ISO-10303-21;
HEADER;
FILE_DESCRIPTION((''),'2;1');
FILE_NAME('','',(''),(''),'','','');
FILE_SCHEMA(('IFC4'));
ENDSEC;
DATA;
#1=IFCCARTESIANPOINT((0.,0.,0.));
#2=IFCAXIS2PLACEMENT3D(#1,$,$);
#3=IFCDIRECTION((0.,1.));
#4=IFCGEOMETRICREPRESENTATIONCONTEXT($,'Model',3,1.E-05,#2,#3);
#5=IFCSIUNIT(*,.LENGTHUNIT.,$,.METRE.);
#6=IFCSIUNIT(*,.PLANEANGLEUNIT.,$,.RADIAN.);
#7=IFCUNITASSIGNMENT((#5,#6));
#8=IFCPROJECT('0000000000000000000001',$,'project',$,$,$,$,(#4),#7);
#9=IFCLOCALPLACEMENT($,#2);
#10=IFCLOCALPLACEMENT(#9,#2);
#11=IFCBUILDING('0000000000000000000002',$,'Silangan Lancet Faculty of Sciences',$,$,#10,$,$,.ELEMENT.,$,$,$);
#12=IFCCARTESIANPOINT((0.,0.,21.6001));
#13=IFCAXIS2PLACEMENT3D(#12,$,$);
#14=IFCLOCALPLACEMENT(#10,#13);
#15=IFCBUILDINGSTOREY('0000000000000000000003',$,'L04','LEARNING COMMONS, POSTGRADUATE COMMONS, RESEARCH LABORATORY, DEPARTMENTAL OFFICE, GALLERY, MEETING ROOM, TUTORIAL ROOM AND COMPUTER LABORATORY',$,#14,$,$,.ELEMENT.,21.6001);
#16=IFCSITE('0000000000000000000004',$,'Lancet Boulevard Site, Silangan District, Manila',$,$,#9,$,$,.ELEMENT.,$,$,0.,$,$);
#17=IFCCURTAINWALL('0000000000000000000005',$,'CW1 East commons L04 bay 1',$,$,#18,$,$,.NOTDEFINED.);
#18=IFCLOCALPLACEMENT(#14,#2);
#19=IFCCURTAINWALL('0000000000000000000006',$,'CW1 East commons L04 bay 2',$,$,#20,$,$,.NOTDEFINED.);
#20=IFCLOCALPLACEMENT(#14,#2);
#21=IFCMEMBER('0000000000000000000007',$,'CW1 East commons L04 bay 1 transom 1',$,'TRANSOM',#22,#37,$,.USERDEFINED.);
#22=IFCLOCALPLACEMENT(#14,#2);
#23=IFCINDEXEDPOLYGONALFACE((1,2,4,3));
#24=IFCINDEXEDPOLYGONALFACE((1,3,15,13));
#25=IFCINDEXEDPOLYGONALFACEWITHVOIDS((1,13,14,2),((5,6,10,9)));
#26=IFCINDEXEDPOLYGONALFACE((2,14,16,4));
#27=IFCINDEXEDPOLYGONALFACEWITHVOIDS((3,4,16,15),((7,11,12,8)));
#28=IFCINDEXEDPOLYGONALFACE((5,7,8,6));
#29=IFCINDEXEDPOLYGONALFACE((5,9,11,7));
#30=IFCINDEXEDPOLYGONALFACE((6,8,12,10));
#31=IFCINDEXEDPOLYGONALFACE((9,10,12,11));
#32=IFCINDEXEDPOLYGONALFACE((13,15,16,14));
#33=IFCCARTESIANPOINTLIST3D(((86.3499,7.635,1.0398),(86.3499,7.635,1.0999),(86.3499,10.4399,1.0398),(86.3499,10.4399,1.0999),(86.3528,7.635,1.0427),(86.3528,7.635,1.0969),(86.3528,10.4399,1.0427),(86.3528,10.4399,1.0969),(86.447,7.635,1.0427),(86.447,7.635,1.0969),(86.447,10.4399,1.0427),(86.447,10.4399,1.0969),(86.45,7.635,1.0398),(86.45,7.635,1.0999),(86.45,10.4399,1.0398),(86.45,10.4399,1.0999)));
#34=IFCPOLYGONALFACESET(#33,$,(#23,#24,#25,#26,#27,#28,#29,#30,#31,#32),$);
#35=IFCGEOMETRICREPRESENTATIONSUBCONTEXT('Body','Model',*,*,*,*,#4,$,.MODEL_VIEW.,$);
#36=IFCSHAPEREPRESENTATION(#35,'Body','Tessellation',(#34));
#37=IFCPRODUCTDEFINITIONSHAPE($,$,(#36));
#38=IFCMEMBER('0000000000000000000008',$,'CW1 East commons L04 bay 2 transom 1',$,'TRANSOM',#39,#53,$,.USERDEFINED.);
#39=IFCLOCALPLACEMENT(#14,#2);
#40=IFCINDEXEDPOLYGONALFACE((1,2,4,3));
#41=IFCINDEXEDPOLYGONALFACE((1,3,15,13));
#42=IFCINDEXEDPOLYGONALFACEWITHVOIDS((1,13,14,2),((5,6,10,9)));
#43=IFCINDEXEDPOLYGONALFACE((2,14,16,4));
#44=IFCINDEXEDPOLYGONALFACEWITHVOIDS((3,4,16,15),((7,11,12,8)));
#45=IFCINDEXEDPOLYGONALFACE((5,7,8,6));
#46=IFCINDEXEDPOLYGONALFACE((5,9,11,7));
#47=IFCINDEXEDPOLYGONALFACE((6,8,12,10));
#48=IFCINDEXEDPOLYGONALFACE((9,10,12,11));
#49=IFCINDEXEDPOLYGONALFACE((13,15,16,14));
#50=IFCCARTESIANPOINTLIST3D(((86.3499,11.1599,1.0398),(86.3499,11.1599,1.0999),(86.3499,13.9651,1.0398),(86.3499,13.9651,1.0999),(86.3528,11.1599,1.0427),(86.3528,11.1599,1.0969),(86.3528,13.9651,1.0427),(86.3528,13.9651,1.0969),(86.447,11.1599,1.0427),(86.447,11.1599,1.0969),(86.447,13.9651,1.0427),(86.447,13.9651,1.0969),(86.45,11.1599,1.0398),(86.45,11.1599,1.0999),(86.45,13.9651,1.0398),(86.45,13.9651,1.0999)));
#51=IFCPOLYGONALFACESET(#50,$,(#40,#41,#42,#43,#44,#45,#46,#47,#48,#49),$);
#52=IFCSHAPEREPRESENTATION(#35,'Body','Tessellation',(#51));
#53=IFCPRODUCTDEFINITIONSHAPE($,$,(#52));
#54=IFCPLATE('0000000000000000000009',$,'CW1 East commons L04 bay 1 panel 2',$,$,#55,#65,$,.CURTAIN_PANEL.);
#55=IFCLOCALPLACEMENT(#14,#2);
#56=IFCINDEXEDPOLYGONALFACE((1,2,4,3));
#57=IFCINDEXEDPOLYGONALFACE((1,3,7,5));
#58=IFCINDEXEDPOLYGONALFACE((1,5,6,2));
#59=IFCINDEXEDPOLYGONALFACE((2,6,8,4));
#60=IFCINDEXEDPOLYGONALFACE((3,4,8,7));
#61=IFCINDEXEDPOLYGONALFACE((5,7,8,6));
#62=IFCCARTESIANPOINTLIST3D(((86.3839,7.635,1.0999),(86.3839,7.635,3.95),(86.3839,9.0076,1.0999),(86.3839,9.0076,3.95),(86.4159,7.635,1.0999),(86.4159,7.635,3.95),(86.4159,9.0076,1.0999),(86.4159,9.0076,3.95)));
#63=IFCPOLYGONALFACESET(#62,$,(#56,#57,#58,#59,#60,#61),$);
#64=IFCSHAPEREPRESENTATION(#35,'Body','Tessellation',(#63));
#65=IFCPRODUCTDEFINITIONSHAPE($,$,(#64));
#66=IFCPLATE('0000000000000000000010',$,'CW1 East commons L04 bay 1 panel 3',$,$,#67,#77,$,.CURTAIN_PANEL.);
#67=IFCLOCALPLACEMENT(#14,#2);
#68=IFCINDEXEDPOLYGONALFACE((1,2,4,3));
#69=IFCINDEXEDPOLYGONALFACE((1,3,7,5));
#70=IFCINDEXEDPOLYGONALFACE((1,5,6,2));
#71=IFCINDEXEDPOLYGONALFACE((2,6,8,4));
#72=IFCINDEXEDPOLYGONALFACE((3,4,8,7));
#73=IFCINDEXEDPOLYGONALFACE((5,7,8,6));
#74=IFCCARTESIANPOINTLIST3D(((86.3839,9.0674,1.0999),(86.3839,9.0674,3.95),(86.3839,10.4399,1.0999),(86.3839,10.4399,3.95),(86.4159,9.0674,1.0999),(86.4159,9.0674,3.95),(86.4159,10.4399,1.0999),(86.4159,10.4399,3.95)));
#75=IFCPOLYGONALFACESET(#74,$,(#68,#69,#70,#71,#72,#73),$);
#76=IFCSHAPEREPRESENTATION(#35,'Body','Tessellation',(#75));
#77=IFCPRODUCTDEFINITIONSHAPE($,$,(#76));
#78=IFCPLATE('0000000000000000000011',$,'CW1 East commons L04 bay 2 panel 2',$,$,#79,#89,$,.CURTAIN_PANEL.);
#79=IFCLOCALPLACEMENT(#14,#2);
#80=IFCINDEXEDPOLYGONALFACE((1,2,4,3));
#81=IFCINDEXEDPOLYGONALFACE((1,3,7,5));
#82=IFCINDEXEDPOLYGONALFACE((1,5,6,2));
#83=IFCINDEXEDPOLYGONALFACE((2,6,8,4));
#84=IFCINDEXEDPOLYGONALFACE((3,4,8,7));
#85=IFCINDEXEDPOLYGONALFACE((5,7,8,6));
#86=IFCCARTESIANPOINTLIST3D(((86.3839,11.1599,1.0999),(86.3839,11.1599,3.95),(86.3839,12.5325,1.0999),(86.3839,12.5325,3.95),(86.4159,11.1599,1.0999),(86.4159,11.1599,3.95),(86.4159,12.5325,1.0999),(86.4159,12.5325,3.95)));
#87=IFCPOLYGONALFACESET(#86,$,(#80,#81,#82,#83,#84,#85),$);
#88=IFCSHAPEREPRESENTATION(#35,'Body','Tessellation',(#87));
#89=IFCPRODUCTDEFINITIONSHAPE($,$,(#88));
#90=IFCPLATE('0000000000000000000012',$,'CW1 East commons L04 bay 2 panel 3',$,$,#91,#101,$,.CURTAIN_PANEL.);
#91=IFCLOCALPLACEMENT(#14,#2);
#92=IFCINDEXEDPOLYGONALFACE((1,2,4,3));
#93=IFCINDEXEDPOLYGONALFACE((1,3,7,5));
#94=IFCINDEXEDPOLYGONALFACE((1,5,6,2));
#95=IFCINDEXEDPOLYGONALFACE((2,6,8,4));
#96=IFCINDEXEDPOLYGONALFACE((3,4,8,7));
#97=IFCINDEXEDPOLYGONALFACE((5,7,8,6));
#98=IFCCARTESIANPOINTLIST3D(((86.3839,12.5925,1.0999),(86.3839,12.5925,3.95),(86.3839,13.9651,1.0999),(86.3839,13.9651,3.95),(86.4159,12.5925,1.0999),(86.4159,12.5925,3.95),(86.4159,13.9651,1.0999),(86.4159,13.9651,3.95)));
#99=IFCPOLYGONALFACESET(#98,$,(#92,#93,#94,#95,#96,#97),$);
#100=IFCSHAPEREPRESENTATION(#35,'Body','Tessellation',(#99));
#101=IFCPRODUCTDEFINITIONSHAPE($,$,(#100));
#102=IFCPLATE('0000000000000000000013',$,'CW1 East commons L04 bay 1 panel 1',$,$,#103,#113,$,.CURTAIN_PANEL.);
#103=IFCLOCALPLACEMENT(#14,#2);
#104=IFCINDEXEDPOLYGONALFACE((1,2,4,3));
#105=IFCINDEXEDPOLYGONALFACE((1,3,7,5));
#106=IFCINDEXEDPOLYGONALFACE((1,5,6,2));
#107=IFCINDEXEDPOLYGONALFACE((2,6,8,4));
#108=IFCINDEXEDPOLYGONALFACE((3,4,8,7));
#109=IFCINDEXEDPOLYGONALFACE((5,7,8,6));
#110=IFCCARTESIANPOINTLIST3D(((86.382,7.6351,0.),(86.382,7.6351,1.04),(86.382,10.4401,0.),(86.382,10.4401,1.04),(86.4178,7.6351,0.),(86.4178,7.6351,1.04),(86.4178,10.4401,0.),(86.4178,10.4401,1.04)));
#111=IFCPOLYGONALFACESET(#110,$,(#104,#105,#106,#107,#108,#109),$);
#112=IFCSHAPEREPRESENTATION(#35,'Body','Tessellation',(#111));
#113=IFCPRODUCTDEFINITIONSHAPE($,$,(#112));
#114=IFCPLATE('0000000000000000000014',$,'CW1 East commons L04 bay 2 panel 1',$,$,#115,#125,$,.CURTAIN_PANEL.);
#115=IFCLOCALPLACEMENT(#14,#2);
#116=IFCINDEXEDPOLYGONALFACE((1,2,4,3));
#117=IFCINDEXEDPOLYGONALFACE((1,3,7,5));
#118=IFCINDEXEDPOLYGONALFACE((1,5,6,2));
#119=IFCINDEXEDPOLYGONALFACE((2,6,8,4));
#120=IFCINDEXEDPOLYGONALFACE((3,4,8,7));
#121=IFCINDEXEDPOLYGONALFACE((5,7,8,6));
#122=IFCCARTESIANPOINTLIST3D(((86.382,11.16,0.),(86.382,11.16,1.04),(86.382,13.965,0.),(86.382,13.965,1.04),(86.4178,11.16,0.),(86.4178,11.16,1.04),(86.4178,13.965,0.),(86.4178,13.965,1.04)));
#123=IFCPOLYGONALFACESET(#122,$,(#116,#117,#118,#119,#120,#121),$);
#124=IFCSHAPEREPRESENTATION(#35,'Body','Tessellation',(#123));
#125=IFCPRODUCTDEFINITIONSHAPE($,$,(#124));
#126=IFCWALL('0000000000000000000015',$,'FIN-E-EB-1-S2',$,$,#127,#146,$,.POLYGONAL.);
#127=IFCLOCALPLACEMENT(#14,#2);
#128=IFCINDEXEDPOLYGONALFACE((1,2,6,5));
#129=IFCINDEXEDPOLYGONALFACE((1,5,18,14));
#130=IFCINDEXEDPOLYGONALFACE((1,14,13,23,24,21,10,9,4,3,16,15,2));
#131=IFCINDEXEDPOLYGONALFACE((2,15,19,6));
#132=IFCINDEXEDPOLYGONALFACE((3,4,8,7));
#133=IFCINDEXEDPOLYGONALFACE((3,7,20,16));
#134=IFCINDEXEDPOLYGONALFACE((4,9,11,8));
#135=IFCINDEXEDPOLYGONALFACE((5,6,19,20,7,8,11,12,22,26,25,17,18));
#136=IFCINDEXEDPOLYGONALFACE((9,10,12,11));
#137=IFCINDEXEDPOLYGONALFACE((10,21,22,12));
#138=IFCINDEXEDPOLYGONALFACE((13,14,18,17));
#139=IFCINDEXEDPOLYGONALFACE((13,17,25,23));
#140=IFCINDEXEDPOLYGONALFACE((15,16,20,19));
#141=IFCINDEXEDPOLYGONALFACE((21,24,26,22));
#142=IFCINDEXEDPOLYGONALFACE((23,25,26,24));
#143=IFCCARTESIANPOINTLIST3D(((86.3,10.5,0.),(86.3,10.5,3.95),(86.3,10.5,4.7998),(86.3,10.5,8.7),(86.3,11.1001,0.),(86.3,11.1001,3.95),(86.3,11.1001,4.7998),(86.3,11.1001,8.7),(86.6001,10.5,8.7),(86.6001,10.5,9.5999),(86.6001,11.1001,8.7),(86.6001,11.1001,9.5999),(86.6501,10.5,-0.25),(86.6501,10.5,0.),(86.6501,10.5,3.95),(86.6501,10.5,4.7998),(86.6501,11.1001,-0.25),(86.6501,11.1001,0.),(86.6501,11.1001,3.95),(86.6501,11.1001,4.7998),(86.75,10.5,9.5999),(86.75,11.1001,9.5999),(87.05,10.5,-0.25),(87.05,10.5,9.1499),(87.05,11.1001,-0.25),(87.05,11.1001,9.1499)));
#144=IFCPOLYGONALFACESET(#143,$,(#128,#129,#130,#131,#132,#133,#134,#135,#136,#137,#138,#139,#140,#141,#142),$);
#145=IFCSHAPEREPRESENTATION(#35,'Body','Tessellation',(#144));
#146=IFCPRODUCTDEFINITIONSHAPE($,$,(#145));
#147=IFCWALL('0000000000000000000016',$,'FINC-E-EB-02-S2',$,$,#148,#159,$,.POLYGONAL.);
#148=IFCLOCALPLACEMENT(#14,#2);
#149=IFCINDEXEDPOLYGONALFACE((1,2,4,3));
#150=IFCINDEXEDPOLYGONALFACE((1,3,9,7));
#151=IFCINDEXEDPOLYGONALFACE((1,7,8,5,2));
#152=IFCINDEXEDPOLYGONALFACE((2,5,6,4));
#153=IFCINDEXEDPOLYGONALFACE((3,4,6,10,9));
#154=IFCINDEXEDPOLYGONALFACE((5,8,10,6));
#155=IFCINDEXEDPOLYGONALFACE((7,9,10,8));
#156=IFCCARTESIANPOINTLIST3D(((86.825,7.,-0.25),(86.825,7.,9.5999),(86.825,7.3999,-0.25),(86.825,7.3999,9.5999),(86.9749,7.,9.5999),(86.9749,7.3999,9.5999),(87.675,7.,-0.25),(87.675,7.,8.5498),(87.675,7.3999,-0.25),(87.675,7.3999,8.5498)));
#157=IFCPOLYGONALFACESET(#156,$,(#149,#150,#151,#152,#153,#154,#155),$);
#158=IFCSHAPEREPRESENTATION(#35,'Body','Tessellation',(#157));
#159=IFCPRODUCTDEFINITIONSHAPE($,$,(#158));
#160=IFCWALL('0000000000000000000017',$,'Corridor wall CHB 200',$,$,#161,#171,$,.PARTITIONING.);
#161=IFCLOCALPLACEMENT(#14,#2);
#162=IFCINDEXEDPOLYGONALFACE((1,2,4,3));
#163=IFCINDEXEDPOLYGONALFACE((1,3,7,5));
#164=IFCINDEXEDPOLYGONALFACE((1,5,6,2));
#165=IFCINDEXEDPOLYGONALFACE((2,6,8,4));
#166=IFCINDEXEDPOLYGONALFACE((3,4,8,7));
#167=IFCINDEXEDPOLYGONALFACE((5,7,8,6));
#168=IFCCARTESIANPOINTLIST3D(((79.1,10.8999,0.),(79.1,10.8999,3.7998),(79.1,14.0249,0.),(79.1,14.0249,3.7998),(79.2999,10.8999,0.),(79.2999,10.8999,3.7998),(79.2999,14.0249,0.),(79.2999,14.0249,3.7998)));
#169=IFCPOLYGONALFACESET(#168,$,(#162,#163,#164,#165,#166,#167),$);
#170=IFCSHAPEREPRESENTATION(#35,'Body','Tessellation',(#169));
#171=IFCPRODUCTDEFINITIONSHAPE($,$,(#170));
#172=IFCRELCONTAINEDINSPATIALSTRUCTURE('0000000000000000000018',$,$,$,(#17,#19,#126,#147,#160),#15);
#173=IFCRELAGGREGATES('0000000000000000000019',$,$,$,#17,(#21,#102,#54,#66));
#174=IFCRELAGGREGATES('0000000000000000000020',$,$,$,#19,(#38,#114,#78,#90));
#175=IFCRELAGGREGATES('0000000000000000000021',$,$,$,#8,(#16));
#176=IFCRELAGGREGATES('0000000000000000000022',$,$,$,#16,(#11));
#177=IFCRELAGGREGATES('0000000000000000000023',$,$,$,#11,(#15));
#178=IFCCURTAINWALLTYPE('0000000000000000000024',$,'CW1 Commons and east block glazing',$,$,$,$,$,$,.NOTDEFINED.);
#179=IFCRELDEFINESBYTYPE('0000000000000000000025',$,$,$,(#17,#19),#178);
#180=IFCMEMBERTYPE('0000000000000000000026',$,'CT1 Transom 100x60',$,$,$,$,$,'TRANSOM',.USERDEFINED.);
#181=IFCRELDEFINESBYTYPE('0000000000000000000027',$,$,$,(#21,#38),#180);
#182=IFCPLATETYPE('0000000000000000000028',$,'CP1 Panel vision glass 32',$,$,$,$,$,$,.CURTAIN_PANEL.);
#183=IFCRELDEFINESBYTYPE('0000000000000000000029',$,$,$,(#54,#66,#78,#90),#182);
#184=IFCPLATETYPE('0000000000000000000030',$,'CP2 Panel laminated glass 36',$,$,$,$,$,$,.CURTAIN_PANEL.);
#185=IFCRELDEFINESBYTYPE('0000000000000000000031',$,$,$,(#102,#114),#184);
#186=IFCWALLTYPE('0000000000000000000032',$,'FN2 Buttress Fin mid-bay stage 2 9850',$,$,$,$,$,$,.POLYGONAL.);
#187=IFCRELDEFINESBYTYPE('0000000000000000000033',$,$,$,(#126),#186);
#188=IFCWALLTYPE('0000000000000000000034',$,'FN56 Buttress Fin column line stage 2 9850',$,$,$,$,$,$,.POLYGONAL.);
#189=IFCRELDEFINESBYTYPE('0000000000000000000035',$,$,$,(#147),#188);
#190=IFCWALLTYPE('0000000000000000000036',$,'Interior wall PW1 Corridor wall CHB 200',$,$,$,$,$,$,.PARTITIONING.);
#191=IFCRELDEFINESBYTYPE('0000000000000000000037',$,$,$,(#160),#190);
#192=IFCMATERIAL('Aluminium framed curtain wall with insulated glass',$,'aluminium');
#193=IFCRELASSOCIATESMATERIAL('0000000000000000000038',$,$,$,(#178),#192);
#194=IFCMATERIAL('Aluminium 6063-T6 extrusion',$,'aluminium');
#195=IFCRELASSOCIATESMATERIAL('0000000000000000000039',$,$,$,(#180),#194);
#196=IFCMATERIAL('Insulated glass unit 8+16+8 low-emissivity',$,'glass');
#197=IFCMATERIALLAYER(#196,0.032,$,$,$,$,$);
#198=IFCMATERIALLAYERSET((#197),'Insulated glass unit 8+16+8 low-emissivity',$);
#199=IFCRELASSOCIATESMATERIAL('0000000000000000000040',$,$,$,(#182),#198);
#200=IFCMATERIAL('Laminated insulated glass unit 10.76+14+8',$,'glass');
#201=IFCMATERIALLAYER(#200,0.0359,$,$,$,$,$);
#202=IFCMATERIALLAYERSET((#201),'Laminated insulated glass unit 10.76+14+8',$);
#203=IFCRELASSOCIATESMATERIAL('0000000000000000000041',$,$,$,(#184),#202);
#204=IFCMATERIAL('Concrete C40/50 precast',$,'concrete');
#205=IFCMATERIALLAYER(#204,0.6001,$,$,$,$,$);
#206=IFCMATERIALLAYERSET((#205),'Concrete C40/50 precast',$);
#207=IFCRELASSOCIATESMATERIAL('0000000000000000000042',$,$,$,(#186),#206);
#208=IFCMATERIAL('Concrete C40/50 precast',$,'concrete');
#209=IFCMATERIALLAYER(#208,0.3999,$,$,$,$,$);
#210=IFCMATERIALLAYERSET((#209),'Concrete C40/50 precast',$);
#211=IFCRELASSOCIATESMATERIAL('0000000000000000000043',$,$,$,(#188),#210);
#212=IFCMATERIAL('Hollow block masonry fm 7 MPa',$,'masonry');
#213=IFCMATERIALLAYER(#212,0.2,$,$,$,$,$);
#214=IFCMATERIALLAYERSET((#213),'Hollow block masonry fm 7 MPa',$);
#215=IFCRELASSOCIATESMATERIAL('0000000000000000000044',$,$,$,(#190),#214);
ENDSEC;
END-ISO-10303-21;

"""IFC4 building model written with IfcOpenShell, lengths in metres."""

from ifc_helpers import new_model, si_unit, direction, frame, frame_2d, origin, origin_2d, place, context, subcontext, project, spatial, polyline, rectangle, hollow_rectangle, outline, extrude, material, layer, layer_set, material_profile, profile_set, type_object, element, aggregate, save


model = new_model("IFC4")

# Units and contexts
model_context = context("Model", 3, precision=1e-05, world=origin(), true_north=direction((0.0, 1.0)))
body_context = subcontext(model_context, "Body", "Model", "MODEL_VIEW")
ifc_project = project(units=[si_unit("LENGTHUNIT", "METRE"), si_unit("PLANEANGLEUNIT", "RADIAN")], contexts=[model_context])

# Site, building, storey
site_placement = place(None, origin())
site = spatial("IfcSite", under=ifc_project, at=site_placement, Name="Lancet Boulevard Site, Silangan District, Manila", CompositionType="ELEMENT", RefElevation=0.0)
building_placement = place(site_placement, origin())
building = spatial("IfcBuilding", under=site, at=building_placement, Name="Silangan Lancet Faculty of Sciences", CompositionType="ELEMENT")
storey_placement = place(building_placement, frame((0.0, 0.0, 21.6001)))
storey = spatial("IfcBuildingStorey", under=building, at=storey_placement, Name="L04", Description="LEARNING COMMONS, POSTGRADUATE COMMONS, RESEARCH LABORATORY, DEPARTMENTAL OFFICE, GALLERY, MEETING ROOM, TUTORIAL ROOM AND COMPUTER LABORATORY", CompositionType="ELEMENT", Elevation=21.6001)

# Curtain walls
ifc_material_1 = material(Name="Aluminium framed curtain wall with insulated glass", Category="aluminium")
curtain_wall_type = type_object("IfcCurtainWallType", Name="CW1 Commons and east block glazing", PredefinedType="NOTDEFINED", material=ifc_material_1)
curtain_wall_1_placement = place(storey_placement, origin())
curtain_wall_1 = element("IfcCurtainWall", 1, at=curtain_wall_1_placement, inside=storey, type_object=curtain_wall_type, Name="CW1 East commons L04 bay 1", PredefinedType="NOTDEFINED")
curtain_wall_2_placement = place(storey_placement, origin())
curtain_wall_2 = element("IfcCurtainWall", 2, at=curtain_wall_2_placement, inside=storey, type_object=curtain_wall_type, Name="CW1 East commons L04 bay 2", PredefinedType="NOTDEFINED")

# Members
ifc_material_2 = material(Name="Aluminium 6063-T6 extrusion", Category="aluminium")
ifc_material_profile_1 = material_profile(ifc_material_2, hollow_rectangle(XDim=0.1001, YDim=0.0601, WallThickness=0.0029, at=origin_2d()), Name="AL BOX 100x60x3")
ifc_profile_set_1 = profile_set([ifc_material_profile_1], Name="Aluminium 6063-T6 extrusion")
member_type_1 = type_object("IfcMemberType", Name="CT1 Transom 100x60", ElementType="TRANSOM", PredefinedType="USERDEFINED", material=ifc_profile_set_1)
member_1_placement = place(storey_placement, frame((86.3999, 7.635, 1.0698), z_axis=(0.0, 1.0, 0.0), x_axis=(-1.0, 0.0, 0.0)))
member_1 = element("IfcMember", 3, at=member_1_placement, type_object=member_type_1, Name="CW1 East commons L04 bay 1 transom 1", ObjectType="TRANSOM", PredefinedType="USERDEFINED", context=body_context, shape_type="SweptSolid", body=[
    extrude(hollow_rectangle(XDim=0.1001, YDim=0.0601, WallThickness=0.0029, at=origin_2d()), origin(), (0.0, 0.0, 1.0), 2.8049),
])
member_2_placement = place(storey_placement, frame((86.3999, 11.1599, 1.0698), z_axis=(0.0, 1.0, 0.0), x_axis=(-1.0, 0.0, 0.0)))
member_2 = element("IfcMember", 4, at=member_2_placement, type_object=member_type_1, Name="CW1 East commons L04 bay 2 transom 1", ObjectType="TRANSOM", PredefinedType="USERDEFINED", context=body_context, shape_type="SweptSolid", body=[
    extrude(hollow_rectangle(XDim=0.1001, YDim=0.0601, WallThickness=0.0029, at=origin_2d()), origin(), (0.0, 0.0, 1.0), 2.8052),
])

# Plates
ifc_material_3 = material(Name="Insulated glass unit 8+16+8 low-emissivity", Category="glass")
ifc_layer_1 = layer(ifc_material_3, 0.032)
ifc_layer_set_1 = layer_set([ifc_layer_1], Name="Insulated glass unit 8+16+8 low-emissivity")
plate_type_1 = type_object("IfcPlateType", Name="CP1 Panel vision glass 32", PredefinedType="CURTAIN_PANEL", material=ifc_layer_set_1)
plate_1_placement = place(storey_placement, frame((86.3999, 8.3213, 1.0999), z_axis=(0.0, 0.0, 1.0), x_axis=(0.0, 1.0, 0.0)))
plate_1 = element("IfcPlate", 5, at=plate_1_placement, type_object=plate_type_1, Name="CW1 East commons L04 bay 1 panel 2", PredefinedType="CURTAIN_PANEL", context=body_context, shape_type="SweptSolid", body=[
    extrude(rectangle(XDim=1.3726, YDim=0.032, at=origin_2d()), origin(), (0.0, 0.0, 1.0), 2.8501),
])
plate_2_placement = place(storey_placement, frame((86.3999, 9.7537, 1.0999), z_axis=(0.0, 0.0, 1.0), x_axis=(0.0, 1.0, 0.0)))
plate_2 = element("IfcPlate", 6, at=plate_2_placement, type_object=plate_type_1, Name="CW1 East commons L04 bay 1 panel 3", PredefinedType="CURTAIN_PANEL", context=body_context, shape_type="SweptSolid", body=[
    extrude(rectangle(XDim=1.3726, YDim=0.032, at=origin_2d()), origin(), (0.0, 0.0, 1.0), 2.8501),
])
plate_3_placement = place(storey_placement, frame((86.3999, 11.8462, 1.0999), z_axis=(0.0, 0.0, 1.0), x_axis=(0.0, 1.0, 0.0)))
plate_3 = element("IfcPlate", 7, at=plate_3_placement, type_object=plate_type_1, Name="CW1 East commons L04 bay 2 panel 2", PredefinedType="CURTAIN_PANEL", context=body_context, shape_type="SweptSolid", body=[
    extrude(rectangle(XDim=1.3726, YDim=0.032, at=origin_2d()), origin(), (0.0, 0.0, 1.0), 2.8501),
])
plate_4_placement = place(storey_placement, frame((86.3999, 13.2788, 1.0999), z_axis=(0.0, 0.0, 1.0), x_axis=(0.0, 1.0, 0.0)))
plate_4 = element("IfcPlate", 8, at=plate_4_placement, type_object=plate_type_1, Name="CW1 East commons L04 bay 2 panel 3", PredefinedType="CURTAIN_PANEL", context=body_context, shape_type="SweptSolid", body=[
    extrude(rectangle(XDim=1.3726, YDim=0.032, at=origin_2d()), origin(), (0.0, 0.0, 1.0), 2.8501),
])
ifc_material_4 = material(Name="Laminated insulated glass unit 10.76+14+8", Category="glass")
ifc_layer_2 = layer(ifc_material_4, 0.0359)
ifc_layer_set_2 = layer_set([ifc_layer_2], Name="Laminated insulated glass unit 10.76+14+8")
plate_type_2 = type_object("IfcPlateType", Name="CP2 Panel laminated glass 36", PredefinedType="CURTAIN_PANEL", material=ifc_layer_set_2)
plate_5_placement = place(storey_placement, frame((86.3999, 9.0376, 0.0), z_axis=(0.0, 0.0, 1.0), x_axis=(0.0, 1.0, 0.0)))
plate_5 = element("IfcPlate", 9, at=plate_5_placement, type_object=plate_type_2, Name="CW1 East commons L04 bay 1 panel 1", PredefinedType="CURTAIN_PANEL", context=body_context, shape_type="SweptSolid", body=[
    extrude(rectangle(XDim=2.8049, YDim=0.0359, at=origin_2d()), origin(), (0.0, 0.0, 1.0), 1.04),
])
aggregate(curtain_wall_1, [member_1, plate_5, plate_1, plate_2])
plate_6_placement = place(storey_placement, frame((86.3999, 12.5625, 0.0), z_axis=(0.0, 0.0, 1.0), x_axis=(0.0, 1.0, 0.0)))
plate_6 = element("IfcPlate", 10, at=plate_6_placement, type_object=plate_type_2, Name="CW1 East commons L04 bay 2 panel 1", PredefinedType="CURTAIN_PANEL", context=body_context, shape_type="SweptSolid", body=[
    extrude(rectangle(XDim=2.8049, YDim=0.0359, at=origin_2d()), origin(), (0.0, 0.0, 1.0), 1.04),
])
aggregate(curtain_wall_2, [member_2, plate_6, plate_3, plate_4])

# Walls
ifc_material_5 = material(Name="Concrete C40/50 precast", Category="concrete")
ifc_layer_3 = layer(ifc_material_5, 0.6001)
ifc_layer_set_3 = layer_set([ifc_layer_3], Name="Concrete C40/50 precast")
wall_type_1 = type_object("IfcWallType", Name="FN2 Buttress Fin mid-bay stage 2 9850", PredefinedType="POLYGONAL", material=ifc_layer_set_3)
wall_1_placement = place(storey_placement, frame((86.3, 10.8, -0.25), z_axis=(0.0, 0.0, 1.0), x_axis=(1.0, 0.0, 0.0)))
element("IfcWall", 11, at=wall_1_placement, inside=storey, type_object=wall_type_1, Name="FIN-E-EB-1-S2", PredefinedType="POLYGONAL", context=body_context, shape_type="SweptSolid", body=[
    extrude(outline(polyline([(0.75, 0.0), (0.75, 9.3999), (0.45, 9.8499), (0.3, 9.8499), (0.3, 8.95), (0.0, 8.95), (0.0, 5.0498), (0.3501, 5.0498), (0.3501, 4.2), (0.0, 4.2), (0.0, 0.25), (0.3501, 0.25), (0.3501, 0.0), (0.75, 0.0)])), frame((0.0, 0.3, 0.0), z_axis=(0.0, -1.0, 0.0), x_axis=(1.0, 0.0, 0.0)), (0.0, 0.0, 1.0), 0.6001),
])
ifc_material_6 = material(Name="Concrete C40/50 precast", Category="concrete")
ifc_layer_4 = layer(ifc_material_6, 0.3999)
ifc_layer_set_4 = layer_set([ifc_layer_4], Name="Concrete C40/50 precast")
wall_type_2 = type_object("IfcWallType", Name="FN56 Buttress Fin column line stage 2 9850", PredefinedType="POLYGONAL", material=ifc_layer_set_4)
wall_2_placement = place(storey_placement, frame((86.825, 7.2, -0.25), z_axis=(0.0, 0.0, 1.0), x_axis=(1.0, 0.0, 0.0)))
element("IfcWall", 12, at=wall_2_placement, inside=storey, type_object=wall_type_2, Name="FINC-E-EB-02-S2", PredefinedType="POLYGONAL", context=body_context, shape_type="SweptSolid", body=[
    extrude(outline(polyline([(0.8501, 0.0), (0.8501, 8.7998), (0.1499, 9.8499), (0.0, 9.8499), (0.0, 0.0), (0.8501, 0.0)])), frame((0.0, 0.2, 0.0), z_axis=(0.0, -1.0, 0.0), x_axis=(1.0, 0.0, 0.0)), (0.0, 0.0, 1.0), 0.3999),
])
ifc_material_7 = material(Name="Hollow block masonry fm 7 MPa", Category="masonry")
ifc_layer_5 = layer(ifc_material_7, 0.2)
ifc_layer_set_5 = layer_set([ifc_layer_5], Name="Hollow block masonry fm 7 MPa")
wall_type_3 = type_object("IfcWallType", Name="Interior wall PW1 Corridor wall CHB 200", PredefinedType="PARTITIONING", material=ifc_layer_set_5)
wall_3_placement = place(storey_placement, frame((79.2, 10.8999, 0.0), z_axis=(0.0, 0.0, 1.0), x_axis=(0.0, 1.0, 0.0)))
element("IfcWall", 13, at=wall_3_placement, inside=storey, type_object=wall_type_3, Name="Corridor wall CHB 200", PredefinedType="PARTITIONING", context=body_context, shape_type="SweptSolid", body=[
    extrude(rectangle(XDim=3.125, YDim=0.2, at=frame_2d((1.5625, 0.0))), origin(), (0.0, 0.0, 1.0), 3.7998),
])

save(model, "model.ifc")
